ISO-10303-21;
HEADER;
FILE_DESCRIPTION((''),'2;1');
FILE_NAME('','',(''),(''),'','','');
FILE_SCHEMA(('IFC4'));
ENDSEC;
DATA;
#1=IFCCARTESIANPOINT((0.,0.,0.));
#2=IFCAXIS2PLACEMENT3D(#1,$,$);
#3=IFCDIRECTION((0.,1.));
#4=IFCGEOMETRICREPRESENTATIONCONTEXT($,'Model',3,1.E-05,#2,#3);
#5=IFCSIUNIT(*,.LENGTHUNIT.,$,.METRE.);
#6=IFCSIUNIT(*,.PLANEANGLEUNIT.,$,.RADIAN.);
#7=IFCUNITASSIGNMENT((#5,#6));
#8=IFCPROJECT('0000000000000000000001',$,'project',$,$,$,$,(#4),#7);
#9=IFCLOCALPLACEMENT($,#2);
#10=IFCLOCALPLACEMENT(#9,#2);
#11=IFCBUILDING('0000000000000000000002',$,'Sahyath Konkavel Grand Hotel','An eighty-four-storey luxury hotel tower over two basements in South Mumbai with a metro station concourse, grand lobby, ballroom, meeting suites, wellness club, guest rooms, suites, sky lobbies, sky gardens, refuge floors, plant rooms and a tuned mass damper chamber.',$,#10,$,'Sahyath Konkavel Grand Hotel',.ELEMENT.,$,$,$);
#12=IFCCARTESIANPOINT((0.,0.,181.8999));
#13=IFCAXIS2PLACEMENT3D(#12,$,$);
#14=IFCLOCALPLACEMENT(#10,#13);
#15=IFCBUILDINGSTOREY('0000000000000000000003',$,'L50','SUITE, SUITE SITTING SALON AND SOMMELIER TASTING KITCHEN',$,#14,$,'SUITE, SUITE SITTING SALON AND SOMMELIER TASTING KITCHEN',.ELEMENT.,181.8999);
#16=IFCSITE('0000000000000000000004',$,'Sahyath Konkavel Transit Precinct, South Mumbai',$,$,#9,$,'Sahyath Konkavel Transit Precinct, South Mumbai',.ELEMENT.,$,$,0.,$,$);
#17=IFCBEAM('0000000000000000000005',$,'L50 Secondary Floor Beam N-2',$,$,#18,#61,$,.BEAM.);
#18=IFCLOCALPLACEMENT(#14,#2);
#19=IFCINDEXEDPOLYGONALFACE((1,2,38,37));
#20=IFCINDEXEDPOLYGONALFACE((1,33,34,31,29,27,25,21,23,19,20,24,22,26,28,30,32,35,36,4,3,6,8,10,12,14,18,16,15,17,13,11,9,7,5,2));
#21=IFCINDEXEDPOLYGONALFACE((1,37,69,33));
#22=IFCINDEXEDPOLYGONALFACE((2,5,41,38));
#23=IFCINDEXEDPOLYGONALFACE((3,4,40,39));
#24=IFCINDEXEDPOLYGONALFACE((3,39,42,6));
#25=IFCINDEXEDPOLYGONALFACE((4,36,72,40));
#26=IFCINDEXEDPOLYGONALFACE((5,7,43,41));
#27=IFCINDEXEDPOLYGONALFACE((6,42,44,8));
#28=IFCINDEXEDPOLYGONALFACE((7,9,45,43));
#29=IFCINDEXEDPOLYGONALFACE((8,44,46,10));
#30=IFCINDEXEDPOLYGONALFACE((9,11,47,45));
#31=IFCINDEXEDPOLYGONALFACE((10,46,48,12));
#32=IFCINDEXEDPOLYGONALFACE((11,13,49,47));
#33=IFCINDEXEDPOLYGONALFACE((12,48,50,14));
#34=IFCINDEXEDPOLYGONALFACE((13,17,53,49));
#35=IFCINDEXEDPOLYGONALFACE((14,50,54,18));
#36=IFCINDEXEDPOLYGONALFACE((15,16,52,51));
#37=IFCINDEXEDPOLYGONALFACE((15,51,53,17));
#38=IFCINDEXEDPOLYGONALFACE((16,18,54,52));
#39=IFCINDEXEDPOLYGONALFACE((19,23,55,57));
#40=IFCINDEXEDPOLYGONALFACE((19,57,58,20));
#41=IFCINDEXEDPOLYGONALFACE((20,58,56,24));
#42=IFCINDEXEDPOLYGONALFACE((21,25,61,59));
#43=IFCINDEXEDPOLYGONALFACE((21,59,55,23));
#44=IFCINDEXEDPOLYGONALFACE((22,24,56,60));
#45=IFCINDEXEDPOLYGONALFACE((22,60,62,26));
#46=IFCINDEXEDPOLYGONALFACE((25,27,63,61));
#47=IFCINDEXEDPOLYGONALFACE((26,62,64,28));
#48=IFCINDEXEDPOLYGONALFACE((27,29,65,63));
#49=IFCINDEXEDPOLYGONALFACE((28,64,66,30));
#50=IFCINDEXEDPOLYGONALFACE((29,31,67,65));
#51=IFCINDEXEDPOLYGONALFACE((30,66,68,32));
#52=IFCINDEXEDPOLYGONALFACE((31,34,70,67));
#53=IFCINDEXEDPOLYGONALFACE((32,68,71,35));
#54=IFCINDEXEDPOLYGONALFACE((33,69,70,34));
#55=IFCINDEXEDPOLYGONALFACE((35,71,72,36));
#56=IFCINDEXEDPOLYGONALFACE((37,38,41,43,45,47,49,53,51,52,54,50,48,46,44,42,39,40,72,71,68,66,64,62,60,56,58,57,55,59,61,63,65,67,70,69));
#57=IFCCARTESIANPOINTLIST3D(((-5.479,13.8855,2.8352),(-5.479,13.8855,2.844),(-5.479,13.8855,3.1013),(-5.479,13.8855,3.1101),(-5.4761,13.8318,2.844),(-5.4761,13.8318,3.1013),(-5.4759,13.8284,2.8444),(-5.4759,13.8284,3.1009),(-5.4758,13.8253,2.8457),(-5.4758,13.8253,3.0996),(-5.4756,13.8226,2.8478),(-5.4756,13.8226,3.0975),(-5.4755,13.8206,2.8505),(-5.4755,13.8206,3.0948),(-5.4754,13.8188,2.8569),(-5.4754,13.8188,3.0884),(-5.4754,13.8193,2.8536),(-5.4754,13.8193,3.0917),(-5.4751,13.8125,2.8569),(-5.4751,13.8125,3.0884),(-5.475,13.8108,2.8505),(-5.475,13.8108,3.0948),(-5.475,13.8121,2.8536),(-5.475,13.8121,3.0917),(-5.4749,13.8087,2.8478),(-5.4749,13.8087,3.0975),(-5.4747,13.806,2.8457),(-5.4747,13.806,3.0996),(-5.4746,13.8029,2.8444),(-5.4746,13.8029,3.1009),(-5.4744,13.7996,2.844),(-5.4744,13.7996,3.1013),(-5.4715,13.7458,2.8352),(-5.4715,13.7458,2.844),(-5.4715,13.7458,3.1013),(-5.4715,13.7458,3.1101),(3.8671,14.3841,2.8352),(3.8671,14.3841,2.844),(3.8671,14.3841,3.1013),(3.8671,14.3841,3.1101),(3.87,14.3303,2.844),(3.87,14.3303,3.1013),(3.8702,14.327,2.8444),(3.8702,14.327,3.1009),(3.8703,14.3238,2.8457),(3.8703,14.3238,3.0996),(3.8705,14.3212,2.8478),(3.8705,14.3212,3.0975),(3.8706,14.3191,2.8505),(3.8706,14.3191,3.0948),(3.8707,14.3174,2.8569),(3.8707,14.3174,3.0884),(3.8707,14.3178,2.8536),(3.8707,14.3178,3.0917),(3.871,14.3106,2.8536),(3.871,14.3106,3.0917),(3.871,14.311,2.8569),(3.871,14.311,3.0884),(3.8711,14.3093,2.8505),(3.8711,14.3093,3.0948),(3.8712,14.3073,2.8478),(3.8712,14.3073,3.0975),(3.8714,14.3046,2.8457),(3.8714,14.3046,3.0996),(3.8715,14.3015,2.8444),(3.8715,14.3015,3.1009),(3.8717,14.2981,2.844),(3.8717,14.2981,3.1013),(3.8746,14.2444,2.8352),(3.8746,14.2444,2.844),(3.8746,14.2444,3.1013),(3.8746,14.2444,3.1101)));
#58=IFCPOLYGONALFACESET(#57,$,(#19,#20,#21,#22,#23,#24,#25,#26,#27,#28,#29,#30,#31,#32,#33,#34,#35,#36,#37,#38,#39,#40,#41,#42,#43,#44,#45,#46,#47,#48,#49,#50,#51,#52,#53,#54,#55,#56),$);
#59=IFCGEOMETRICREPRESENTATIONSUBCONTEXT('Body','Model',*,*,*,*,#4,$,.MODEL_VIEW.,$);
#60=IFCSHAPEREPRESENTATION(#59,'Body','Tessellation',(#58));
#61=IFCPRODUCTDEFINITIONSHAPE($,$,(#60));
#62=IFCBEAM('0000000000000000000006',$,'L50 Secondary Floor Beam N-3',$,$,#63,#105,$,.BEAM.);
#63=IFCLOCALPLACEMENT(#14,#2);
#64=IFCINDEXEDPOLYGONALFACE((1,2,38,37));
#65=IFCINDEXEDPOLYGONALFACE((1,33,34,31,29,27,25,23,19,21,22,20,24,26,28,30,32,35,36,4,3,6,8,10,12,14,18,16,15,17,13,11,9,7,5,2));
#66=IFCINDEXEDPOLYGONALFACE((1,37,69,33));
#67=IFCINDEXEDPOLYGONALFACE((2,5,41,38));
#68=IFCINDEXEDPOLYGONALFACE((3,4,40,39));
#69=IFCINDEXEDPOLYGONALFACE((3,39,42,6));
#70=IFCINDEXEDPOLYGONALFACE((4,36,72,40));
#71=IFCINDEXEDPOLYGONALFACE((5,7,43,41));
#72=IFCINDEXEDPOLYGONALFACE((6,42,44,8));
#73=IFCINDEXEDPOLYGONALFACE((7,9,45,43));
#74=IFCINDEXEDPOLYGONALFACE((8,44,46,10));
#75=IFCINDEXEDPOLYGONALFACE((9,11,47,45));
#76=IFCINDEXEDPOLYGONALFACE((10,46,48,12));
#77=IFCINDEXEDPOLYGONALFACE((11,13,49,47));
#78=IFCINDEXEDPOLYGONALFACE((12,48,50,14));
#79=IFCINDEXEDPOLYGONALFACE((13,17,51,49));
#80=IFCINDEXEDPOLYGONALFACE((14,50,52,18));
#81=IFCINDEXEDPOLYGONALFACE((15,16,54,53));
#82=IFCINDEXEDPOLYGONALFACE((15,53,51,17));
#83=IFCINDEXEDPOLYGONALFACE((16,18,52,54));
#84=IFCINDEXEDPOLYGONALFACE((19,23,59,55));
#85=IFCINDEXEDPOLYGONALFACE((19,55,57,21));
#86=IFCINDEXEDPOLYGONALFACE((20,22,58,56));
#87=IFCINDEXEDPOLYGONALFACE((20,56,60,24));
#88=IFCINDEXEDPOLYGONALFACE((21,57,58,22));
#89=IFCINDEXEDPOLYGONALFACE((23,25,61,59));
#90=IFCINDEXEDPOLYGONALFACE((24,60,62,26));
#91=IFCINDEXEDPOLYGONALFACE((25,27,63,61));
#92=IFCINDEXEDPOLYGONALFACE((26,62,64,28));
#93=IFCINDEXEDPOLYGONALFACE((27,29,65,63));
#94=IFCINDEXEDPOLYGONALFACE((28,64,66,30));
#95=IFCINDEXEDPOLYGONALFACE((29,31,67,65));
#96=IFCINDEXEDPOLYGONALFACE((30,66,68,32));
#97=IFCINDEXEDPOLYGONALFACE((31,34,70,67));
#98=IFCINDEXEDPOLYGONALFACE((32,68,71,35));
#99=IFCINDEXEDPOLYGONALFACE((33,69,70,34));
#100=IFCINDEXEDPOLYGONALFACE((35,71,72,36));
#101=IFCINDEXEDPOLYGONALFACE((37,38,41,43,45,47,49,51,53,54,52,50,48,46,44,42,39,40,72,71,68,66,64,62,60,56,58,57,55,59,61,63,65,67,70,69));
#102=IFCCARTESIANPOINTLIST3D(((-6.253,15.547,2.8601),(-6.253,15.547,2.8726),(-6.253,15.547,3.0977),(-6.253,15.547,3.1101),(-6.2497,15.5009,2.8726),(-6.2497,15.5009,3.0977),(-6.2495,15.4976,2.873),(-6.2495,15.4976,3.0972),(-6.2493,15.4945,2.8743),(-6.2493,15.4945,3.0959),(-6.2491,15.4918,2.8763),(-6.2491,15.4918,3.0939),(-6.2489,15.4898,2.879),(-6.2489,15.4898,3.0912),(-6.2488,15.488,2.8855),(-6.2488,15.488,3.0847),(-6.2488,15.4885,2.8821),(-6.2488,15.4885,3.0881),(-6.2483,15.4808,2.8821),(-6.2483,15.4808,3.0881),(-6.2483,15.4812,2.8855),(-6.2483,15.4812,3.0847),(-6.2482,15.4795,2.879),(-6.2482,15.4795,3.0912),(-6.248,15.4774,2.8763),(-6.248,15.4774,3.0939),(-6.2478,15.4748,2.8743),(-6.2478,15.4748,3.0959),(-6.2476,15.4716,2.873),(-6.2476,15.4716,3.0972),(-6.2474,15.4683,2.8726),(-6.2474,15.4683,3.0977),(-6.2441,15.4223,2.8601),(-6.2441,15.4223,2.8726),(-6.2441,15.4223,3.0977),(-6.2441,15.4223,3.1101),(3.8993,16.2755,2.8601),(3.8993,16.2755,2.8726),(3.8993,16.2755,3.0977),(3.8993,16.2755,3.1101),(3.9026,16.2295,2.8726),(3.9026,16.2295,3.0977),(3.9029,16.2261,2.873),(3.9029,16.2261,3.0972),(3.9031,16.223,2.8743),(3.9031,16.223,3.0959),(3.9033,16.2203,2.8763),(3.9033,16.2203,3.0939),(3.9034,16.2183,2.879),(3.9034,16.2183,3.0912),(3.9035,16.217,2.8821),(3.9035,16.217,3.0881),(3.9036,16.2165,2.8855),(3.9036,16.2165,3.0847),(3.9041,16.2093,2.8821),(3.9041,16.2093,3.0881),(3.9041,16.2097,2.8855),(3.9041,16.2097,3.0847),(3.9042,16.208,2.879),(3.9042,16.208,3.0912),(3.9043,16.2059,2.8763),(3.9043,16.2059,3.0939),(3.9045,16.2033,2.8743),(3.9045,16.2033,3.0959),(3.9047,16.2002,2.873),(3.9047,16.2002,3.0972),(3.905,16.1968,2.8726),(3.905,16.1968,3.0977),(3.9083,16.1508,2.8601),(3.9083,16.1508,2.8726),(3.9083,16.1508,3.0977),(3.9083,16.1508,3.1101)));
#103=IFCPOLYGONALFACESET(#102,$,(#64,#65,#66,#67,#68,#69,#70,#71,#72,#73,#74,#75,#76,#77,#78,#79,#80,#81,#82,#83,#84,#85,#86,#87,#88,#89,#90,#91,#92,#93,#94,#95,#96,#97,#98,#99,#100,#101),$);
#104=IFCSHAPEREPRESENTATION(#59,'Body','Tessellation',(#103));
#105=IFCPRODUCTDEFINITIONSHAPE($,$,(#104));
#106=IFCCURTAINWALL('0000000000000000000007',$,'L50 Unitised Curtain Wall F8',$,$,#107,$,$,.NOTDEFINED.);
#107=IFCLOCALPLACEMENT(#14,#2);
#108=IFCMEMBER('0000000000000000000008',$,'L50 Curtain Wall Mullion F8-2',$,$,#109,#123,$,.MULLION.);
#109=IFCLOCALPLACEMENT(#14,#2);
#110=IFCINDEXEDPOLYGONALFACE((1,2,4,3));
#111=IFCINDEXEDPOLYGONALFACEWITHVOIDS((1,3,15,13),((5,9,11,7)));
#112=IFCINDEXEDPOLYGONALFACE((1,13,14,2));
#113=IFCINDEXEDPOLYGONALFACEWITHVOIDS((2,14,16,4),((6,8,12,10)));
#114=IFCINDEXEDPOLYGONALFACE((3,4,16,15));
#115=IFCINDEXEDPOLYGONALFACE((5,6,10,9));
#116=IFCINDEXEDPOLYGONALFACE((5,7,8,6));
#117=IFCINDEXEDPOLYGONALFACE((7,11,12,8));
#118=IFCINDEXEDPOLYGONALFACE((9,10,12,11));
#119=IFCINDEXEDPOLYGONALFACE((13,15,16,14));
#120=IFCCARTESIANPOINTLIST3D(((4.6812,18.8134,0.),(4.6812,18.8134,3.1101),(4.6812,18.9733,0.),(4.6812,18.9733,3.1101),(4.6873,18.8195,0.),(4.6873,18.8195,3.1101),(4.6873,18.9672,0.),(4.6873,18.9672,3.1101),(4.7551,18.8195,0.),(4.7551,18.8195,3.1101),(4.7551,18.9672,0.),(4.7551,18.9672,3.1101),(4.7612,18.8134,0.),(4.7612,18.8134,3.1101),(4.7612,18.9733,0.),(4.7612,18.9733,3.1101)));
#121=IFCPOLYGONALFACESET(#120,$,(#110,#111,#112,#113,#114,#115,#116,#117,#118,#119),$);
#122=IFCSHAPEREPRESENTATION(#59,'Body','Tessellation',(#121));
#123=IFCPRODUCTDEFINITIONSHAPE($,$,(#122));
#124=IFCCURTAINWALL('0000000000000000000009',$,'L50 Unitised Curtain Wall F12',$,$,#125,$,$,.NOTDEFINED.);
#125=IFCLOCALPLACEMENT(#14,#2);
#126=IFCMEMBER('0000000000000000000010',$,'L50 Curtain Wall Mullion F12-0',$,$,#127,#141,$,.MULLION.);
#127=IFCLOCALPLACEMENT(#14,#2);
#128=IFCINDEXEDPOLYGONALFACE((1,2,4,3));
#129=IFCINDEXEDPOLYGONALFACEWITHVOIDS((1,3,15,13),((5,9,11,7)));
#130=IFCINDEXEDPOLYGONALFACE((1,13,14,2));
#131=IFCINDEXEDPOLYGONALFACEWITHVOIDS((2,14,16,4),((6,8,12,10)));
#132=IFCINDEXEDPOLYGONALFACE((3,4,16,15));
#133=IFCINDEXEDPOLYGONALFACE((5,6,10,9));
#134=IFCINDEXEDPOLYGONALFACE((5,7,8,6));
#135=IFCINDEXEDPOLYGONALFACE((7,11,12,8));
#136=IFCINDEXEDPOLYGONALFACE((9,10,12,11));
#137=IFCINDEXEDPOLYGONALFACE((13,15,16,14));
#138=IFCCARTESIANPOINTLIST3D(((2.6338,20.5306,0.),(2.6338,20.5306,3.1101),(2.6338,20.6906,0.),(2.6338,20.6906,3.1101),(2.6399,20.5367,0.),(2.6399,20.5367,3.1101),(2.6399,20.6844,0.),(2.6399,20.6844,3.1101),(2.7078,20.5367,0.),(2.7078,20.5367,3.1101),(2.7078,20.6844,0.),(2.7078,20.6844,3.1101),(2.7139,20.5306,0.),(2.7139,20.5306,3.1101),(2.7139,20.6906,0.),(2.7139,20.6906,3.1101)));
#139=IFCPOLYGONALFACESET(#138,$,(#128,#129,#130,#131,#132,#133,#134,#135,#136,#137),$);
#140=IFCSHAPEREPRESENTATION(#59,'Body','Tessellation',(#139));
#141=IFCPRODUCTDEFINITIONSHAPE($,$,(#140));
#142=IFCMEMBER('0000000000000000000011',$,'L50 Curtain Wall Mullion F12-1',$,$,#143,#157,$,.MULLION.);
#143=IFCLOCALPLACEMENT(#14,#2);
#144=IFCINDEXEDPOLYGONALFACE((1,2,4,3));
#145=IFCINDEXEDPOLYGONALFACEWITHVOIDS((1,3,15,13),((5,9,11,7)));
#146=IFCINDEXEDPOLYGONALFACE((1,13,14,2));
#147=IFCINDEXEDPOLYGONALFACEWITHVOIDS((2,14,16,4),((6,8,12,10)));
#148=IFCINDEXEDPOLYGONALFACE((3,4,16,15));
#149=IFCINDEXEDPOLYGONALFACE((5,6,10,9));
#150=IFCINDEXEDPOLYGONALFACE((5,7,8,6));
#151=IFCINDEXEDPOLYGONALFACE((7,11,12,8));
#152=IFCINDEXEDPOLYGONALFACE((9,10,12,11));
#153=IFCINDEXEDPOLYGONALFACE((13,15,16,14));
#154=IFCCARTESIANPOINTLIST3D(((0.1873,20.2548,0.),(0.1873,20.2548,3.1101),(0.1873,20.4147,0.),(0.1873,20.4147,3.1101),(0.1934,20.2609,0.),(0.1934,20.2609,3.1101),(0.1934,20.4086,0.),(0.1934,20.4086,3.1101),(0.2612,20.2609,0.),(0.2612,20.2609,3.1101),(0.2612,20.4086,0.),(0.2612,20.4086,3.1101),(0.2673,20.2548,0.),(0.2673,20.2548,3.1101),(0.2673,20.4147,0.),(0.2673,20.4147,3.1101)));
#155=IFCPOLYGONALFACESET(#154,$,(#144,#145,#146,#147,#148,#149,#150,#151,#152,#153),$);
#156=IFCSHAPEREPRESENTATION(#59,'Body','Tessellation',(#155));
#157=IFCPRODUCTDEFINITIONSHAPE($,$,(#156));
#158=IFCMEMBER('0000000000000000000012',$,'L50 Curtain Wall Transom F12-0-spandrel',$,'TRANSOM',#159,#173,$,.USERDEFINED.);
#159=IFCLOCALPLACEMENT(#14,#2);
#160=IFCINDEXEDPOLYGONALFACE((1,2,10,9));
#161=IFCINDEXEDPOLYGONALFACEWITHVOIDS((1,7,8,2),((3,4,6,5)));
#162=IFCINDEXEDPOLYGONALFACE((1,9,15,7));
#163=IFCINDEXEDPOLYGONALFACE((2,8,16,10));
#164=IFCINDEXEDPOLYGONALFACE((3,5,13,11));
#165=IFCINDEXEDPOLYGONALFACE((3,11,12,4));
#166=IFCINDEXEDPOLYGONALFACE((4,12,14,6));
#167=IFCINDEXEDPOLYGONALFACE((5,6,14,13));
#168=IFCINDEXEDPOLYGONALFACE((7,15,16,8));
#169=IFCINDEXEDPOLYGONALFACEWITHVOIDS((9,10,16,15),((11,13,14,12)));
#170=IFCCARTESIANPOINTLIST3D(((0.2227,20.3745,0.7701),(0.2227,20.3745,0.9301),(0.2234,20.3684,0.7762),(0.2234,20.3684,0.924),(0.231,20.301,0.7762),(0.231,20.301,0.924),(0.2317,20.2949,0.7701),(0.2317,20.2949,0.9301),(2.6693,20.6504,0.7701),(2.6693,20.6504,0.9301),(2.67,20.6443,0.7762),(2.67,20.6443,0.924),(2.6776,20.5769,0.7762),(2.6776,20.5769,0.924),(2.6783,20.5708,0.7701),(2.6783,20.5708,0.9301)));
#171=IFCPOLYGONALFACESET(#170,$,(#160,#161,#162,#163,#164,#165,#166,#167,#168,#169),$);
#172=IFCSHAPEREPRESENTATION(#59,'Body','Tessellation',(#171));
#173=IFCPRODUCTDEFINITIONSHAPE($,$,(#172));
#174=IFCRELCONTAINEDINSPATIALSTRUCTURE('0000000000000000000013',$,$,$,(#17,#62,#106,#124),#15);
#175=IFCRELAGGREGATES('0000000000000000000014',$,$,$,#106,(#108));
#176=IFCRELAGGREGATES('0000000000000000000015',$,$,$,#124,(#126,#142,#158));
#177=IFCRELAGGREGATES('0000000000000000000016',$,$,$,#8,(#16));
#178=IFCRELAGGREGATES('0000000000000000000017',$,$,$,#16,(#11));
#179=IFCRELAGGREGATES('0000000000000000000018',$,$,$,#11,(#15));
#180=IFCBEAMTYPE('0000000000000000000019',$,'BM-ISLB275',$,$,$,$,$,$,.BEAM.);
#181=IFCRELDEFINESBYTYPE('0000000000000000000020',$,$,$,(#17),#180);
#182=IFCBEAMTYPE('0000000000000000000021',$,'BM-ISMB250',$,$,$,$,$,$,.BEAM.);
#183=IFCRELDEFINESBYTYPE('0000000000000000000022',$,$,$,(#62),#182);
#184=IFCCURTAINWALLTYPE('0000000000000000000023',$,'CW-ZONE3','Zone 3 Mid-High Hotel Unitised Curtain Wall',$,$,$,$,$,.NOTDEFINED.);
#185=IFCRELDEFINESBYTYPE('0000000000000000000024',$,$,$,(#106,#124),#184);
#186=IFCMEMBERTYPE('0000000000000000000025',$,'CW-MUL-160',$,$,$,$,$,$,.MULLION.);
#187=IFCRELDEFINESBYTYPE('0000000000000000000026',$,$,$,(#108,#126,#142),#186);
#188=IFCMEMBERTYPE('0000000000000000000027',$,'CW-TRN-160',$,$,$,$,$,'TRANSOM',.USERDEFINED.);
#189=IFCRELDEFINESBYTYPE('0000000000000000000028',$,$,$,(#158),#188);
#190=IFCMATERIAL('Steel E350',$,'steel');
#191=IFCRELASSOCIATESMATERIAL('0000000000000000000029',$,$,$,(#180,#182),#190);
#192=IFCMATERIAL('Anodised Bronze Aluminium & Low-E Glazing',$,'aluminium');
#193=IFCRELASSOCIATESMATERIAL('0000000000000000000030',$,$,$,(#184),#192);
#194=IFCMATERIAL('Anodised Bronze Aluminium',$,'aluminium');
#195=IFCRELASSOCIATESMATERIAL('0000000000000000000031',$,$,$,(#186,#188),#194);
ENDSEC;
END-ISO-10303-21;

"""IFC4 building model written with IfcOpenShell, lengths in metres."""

from ifc_helpers import new_model, si_unit, direction, frame, origin, origin_2d, place, context, subcontext, project, spatial, hollow_rectangle, i_section, extrude, source, transform, mapped, material, material_profile, profile_set, type_object, element, aggregate, save


model = new_model("IFC4")

# Units and contexts
model_context = context("Model", 3, precision=1e-05, world=origin(), true_north=direction((0.0, 1.0)))
body_context = subcontext(model_context, "Body", "Model", "MODEL_VIEW")
ifc_project = project(units=[si_unit("LENGTHUNIT", "METRE"), si_unit("PLANEANGLEUNIT", "RADIAN")], contexts=[model_context])

# Site, building, storey
site_placement = place(None, origin())
site = spatial("IfcSite", under=ifc_project, at=site_placement, Name="Sahyath Konkavel Transit Precinct, South Mumbai", LongName="Sahyath Konkavel Transit Precinct, South Mumbai", CompositionType="ELEMENT", RefElevation=0.0)
building_placement = place(site_placement, origin())
building = spatial("IfcBuilding", under=site, at=building_placement, Name="Sahyath Konkavel Grand Hotel", Description="An eighty-four-storey luxury hotel tower over two basements in South Mumbai with a metro station concourse, grand lobby, ballroom, meeting suites, wellness club, guest rooms, suites, sky lobbies, sky gardens, refuge floors, plant rooms and a tuned mass damper chamber.", LongName="Sahyath Konkavel Grand Hotel", CompositionType="ELEMENT")
storey_placement = place(building_placement, frame((0.0, 0.0, 181.8999)))
storey = spatial("IfcBuildingStorey", under=building, at=storey_placement, Name="L50", Description="SUITE, SUITE SITTING SALON AND SOMMELIER TASTING KITCHEN", LongName="SUITE, SUITE SITTING SALON AND SOMMELIER TASTING KITCHEN", CompositionType="ELEMENT", Elevation=181.8999)

# Beams
ifc_material_1 = material(Name="Steel E350", Category="steel")
ifc_material_profile_1 = material_profile(ifc_material_1, i_section(OverallWidth=0.1399, OverallDepth=0.2749, WebThickness=0.0063, FlangeThickness=0.0088, FilletRadius=0.0129, at=origin_2d()), Name="ISLB 275")
ifc_profile_set_1 = profile_set([ifc_material_profile_1], Name="Steel E350")
beam_type_1 = type_object("IfcBeamType", Name="BM-ISLB275", PredefinedType="BEAM", material=ifc_profile_set_1)
shared_shape_1 = source(origin(), body_context, "Body", "SweptSolid", [
    extrude(i_section(OverallWidth=0.1399, OverallDepth=0.2749, WebThickness=0.0063, FlangeThickness=0.0088, FilletRadius=0.0129, at=origin_2d()), origin(), (0.0, 0.0, 1.0), 9.3594),
])
beam_1_placement = place(storey_placement, frame((3.8708, 14.3142, 2.9727), z_axis=(-0.99858, -0.053265, 0.0), x_axis=(0.053265, -0.99858, 0.0)))
element("IfcBeam", 1, at=beam_1_placement, inside=storey, type_object=beam_type_1, Name="L50 Secondary Floor Beam N-2", PredefinedType="BEAM", context=body_context, shape_type="MappedRepresentation", body=[
    mapped(shared_shape_1, transform((0.0, 0.0, 0.0), scale=1.0)),
])
ifc_material_profile_2 = material_profile(ifc_material_1, i_section(OverallWidth=0.125, OverallDepth=0.25, WebThickness=0.0068, FlangeThickness=0.0125, FilletRadius=0.0129, at=origin_2d()), Name="ISMB 250")
ifc_profile_set_2 = profile_set([ifc_material_profile_2], Name="Steel E350")
beam_type_2 = type_object("IfcBeamType", Name="BM-ISMB250", PredefinedType="BEAM", material=ifc_profile_set_2)
shared_shape_2 = source(origin(), body_context, "Body", "SweptSolid", [
    extrude(i_section(OverallWidth=0.125, OverallDepth=0.25, WebThickness=0.0068, FlangeThickness=0.0125, FilletRadius=0.0129, at=origin_2d()), origin(), (0.0, 0.0, 1.0), 10.1785),
])
beam_2_placement = place(storey_placement, frame((3.9038, 16.2131, 2.9851), z_axis=(-0.997435, -0.071574, 0.0), x_axis=(0.071574, -0.997435, 0.0)))
element("IfcBeam", 2, at=beam_2_placement, inside=storey, type_object=beam_type_2, Name="L50 Secondary Floor Beam N-3", PredefinedType="BEAM", context=body_context, shape_type="MappedRepresentation", body=[
    mapped(shared_shape_2, transform((0.0, 0.0, 0.0), scale=1.0)),
])

# Curtain wall, member
ifc_material_2 = material(Name="Anodised Bronze Aluminium & Low-E Glazing", Category="aluminium")
curtain_wall_type = type_object("IfcCurtainWallType", Name="CW-ZONE3", Description="Zone 3 Mid-High Hotel Unitised Curtain Wall", PredefinedType="NOTDEFINED", material=ifc_material_2)
curtain_wall_1_placement = place(storey_placement, origin())
curtain_wall_1 = element("IfcCurtainWall", 3, at=curtain_wall_1_placement, inside=storey, type_object=curtain_wall_type, Name="L50 Unitised Curtain Wall F8", PredefinedType="NOTDEFINED")
ifc_material_3 = material(Name="Anodised Bronze Aluminium", Category="aluminium")
ifc_material_profile_3 = material_profile(ifc_material_3, hollow_rectangle(XDim=0.0801, YDim=0.1599, WallThickness=0.0061, at=origin_2d()), Name="RHS 160x80x6")
ifc_profile_set_3 = profile_set([ifc_material_profile_3], Name="Anodised Bronze Aluminium")
member_type_1 = type_object("IfcMemberType", Name="CW-MUL-160", PredefinedType="MULLION", material=ifc_profile_set_3)
shared_shape_3 = source(origin(), body_context, "Body", "SweptSolid", [
    extrude(hollow_rectangle(XDim=0.0801, YDim=0.1599, WallThickness=0.0061, at=origin_2d()), origin(), (0.0, 0.0, 1.0), 3.1101),
])
member_1_placement = place(storey_placement, frame((4.7212, 18.8933, 0.0), z_axis=(0.0, 0.0, 1.0), x_axis=(1.0, 0.0, 0.0)))
member_1 = element("IfcMember", 4, at=member_1_placement, type_object=member_type_1, Name="L50 Curtain Wall Mullion F8-2", PredefinedType="MULLION", context=body_context, shape_type="MappedRepresentation", body=[
    mapped(shared_shape_3, transform((0.0, 0.0, 0.0), scale=1.0)),
])

# Curtain wall, members
curtain_wall_2_placement = place(storey_placement, origin())
curtain_wall_2 = element("IfcCurtainWall", 5, at=curtain_wall_2_placement, inside=storey, type_object=curtain_wall_type, Name="L50 Unitised Curtain Wall F12", PredefinedType="NOTDEFINED")
member_2_placement = place(storey_placement, frame((2.6738, 20.6106, 0.0), z_axis=(0.0, 0.0, 1.0), x_axis=(1.0, 0.0, 0.0)))
member_2 = element("IfcMember", 6, at=member_2_placement, type_object=member_type_1, Name="L50 Curtain Wall Mullion F12-0", PredefinedType="MULLION", context=body_context, shape_type="MappedRepresentation", body=[
    mapped(shared_shape_3, transform((0.0, 0.0, 0.0), scale=1.0)),
])
member_3_placement = place(storey_placement, frame((0.2273, 20.3347, 0.0), z_axis=(0.0, 0.0, 1.0), x_axis=(1.0, 0.0, 0.0)))
member_3 = element("IfcMember", 7, at=member_3_placement, type_object=member_type_1, Name="L50 Curtain Wall Mullion F12-1", PredefinedType="MULLION", context=body_context, shape_type="MappedRepresentation", body=[
    mapped(shared_shape_3, transform((0.0, 0.0, 0.0), scale=1.0)),
])
ifc_material_profile_4 = material_profile(ifc_material_3, hollow_rectangle(XDim=0.0801, YDim=0.1599, WallThickness=0.0061, at=origin_2d()), Name="RHS 160x80x6")
ifc_profile_set_4 = profile_set([ifc_material_profile_4], Name="Anodised Bronze Aluminium")
member_type_2 = type_object("IfcMemberType", Name="CW-TRN-160", ElementType="TRANSOM", PredefinedType="USERDEFINED", material=ifc_profile_set_4)
shared_shape_4 = source(origin(), body_context, "Body", "SweptSolid", [
    extrude(hollow_rectangle(XDim=0.0801, YDim=0.1599, WallThickness=0.0061, at=origin_2d()), origin(), (0.0, 0.0, 1.0), 2.4622),
])
member_4_placement = place(storey_placement, frame((2.6738, 20.6106, 0.8501), z_axis=(-0.993702, -0.112053, 0.0), x_axis=(0.112053, -0.993702, 0.0)))
member_4 = element("IfcMember", 8, at=member_4_placement, type_object=member_type_2, Name="L50 Curtain Wall Transom F12-0-spandrel", ObjectType="TRANSOM", PredefinedType="USERDEFINED", context=body_context, shape_type="MappedRepresentation", body=[
    mapped(shared_shape_4, transform((0.0, 0.0, 0.0), scale=1.0)),
])

aggregate(curtain_wall_1, [member_1])
aggregate(curtain_wall_2, [member_2, member_3, member_4])

save(model, "model.ifc")
